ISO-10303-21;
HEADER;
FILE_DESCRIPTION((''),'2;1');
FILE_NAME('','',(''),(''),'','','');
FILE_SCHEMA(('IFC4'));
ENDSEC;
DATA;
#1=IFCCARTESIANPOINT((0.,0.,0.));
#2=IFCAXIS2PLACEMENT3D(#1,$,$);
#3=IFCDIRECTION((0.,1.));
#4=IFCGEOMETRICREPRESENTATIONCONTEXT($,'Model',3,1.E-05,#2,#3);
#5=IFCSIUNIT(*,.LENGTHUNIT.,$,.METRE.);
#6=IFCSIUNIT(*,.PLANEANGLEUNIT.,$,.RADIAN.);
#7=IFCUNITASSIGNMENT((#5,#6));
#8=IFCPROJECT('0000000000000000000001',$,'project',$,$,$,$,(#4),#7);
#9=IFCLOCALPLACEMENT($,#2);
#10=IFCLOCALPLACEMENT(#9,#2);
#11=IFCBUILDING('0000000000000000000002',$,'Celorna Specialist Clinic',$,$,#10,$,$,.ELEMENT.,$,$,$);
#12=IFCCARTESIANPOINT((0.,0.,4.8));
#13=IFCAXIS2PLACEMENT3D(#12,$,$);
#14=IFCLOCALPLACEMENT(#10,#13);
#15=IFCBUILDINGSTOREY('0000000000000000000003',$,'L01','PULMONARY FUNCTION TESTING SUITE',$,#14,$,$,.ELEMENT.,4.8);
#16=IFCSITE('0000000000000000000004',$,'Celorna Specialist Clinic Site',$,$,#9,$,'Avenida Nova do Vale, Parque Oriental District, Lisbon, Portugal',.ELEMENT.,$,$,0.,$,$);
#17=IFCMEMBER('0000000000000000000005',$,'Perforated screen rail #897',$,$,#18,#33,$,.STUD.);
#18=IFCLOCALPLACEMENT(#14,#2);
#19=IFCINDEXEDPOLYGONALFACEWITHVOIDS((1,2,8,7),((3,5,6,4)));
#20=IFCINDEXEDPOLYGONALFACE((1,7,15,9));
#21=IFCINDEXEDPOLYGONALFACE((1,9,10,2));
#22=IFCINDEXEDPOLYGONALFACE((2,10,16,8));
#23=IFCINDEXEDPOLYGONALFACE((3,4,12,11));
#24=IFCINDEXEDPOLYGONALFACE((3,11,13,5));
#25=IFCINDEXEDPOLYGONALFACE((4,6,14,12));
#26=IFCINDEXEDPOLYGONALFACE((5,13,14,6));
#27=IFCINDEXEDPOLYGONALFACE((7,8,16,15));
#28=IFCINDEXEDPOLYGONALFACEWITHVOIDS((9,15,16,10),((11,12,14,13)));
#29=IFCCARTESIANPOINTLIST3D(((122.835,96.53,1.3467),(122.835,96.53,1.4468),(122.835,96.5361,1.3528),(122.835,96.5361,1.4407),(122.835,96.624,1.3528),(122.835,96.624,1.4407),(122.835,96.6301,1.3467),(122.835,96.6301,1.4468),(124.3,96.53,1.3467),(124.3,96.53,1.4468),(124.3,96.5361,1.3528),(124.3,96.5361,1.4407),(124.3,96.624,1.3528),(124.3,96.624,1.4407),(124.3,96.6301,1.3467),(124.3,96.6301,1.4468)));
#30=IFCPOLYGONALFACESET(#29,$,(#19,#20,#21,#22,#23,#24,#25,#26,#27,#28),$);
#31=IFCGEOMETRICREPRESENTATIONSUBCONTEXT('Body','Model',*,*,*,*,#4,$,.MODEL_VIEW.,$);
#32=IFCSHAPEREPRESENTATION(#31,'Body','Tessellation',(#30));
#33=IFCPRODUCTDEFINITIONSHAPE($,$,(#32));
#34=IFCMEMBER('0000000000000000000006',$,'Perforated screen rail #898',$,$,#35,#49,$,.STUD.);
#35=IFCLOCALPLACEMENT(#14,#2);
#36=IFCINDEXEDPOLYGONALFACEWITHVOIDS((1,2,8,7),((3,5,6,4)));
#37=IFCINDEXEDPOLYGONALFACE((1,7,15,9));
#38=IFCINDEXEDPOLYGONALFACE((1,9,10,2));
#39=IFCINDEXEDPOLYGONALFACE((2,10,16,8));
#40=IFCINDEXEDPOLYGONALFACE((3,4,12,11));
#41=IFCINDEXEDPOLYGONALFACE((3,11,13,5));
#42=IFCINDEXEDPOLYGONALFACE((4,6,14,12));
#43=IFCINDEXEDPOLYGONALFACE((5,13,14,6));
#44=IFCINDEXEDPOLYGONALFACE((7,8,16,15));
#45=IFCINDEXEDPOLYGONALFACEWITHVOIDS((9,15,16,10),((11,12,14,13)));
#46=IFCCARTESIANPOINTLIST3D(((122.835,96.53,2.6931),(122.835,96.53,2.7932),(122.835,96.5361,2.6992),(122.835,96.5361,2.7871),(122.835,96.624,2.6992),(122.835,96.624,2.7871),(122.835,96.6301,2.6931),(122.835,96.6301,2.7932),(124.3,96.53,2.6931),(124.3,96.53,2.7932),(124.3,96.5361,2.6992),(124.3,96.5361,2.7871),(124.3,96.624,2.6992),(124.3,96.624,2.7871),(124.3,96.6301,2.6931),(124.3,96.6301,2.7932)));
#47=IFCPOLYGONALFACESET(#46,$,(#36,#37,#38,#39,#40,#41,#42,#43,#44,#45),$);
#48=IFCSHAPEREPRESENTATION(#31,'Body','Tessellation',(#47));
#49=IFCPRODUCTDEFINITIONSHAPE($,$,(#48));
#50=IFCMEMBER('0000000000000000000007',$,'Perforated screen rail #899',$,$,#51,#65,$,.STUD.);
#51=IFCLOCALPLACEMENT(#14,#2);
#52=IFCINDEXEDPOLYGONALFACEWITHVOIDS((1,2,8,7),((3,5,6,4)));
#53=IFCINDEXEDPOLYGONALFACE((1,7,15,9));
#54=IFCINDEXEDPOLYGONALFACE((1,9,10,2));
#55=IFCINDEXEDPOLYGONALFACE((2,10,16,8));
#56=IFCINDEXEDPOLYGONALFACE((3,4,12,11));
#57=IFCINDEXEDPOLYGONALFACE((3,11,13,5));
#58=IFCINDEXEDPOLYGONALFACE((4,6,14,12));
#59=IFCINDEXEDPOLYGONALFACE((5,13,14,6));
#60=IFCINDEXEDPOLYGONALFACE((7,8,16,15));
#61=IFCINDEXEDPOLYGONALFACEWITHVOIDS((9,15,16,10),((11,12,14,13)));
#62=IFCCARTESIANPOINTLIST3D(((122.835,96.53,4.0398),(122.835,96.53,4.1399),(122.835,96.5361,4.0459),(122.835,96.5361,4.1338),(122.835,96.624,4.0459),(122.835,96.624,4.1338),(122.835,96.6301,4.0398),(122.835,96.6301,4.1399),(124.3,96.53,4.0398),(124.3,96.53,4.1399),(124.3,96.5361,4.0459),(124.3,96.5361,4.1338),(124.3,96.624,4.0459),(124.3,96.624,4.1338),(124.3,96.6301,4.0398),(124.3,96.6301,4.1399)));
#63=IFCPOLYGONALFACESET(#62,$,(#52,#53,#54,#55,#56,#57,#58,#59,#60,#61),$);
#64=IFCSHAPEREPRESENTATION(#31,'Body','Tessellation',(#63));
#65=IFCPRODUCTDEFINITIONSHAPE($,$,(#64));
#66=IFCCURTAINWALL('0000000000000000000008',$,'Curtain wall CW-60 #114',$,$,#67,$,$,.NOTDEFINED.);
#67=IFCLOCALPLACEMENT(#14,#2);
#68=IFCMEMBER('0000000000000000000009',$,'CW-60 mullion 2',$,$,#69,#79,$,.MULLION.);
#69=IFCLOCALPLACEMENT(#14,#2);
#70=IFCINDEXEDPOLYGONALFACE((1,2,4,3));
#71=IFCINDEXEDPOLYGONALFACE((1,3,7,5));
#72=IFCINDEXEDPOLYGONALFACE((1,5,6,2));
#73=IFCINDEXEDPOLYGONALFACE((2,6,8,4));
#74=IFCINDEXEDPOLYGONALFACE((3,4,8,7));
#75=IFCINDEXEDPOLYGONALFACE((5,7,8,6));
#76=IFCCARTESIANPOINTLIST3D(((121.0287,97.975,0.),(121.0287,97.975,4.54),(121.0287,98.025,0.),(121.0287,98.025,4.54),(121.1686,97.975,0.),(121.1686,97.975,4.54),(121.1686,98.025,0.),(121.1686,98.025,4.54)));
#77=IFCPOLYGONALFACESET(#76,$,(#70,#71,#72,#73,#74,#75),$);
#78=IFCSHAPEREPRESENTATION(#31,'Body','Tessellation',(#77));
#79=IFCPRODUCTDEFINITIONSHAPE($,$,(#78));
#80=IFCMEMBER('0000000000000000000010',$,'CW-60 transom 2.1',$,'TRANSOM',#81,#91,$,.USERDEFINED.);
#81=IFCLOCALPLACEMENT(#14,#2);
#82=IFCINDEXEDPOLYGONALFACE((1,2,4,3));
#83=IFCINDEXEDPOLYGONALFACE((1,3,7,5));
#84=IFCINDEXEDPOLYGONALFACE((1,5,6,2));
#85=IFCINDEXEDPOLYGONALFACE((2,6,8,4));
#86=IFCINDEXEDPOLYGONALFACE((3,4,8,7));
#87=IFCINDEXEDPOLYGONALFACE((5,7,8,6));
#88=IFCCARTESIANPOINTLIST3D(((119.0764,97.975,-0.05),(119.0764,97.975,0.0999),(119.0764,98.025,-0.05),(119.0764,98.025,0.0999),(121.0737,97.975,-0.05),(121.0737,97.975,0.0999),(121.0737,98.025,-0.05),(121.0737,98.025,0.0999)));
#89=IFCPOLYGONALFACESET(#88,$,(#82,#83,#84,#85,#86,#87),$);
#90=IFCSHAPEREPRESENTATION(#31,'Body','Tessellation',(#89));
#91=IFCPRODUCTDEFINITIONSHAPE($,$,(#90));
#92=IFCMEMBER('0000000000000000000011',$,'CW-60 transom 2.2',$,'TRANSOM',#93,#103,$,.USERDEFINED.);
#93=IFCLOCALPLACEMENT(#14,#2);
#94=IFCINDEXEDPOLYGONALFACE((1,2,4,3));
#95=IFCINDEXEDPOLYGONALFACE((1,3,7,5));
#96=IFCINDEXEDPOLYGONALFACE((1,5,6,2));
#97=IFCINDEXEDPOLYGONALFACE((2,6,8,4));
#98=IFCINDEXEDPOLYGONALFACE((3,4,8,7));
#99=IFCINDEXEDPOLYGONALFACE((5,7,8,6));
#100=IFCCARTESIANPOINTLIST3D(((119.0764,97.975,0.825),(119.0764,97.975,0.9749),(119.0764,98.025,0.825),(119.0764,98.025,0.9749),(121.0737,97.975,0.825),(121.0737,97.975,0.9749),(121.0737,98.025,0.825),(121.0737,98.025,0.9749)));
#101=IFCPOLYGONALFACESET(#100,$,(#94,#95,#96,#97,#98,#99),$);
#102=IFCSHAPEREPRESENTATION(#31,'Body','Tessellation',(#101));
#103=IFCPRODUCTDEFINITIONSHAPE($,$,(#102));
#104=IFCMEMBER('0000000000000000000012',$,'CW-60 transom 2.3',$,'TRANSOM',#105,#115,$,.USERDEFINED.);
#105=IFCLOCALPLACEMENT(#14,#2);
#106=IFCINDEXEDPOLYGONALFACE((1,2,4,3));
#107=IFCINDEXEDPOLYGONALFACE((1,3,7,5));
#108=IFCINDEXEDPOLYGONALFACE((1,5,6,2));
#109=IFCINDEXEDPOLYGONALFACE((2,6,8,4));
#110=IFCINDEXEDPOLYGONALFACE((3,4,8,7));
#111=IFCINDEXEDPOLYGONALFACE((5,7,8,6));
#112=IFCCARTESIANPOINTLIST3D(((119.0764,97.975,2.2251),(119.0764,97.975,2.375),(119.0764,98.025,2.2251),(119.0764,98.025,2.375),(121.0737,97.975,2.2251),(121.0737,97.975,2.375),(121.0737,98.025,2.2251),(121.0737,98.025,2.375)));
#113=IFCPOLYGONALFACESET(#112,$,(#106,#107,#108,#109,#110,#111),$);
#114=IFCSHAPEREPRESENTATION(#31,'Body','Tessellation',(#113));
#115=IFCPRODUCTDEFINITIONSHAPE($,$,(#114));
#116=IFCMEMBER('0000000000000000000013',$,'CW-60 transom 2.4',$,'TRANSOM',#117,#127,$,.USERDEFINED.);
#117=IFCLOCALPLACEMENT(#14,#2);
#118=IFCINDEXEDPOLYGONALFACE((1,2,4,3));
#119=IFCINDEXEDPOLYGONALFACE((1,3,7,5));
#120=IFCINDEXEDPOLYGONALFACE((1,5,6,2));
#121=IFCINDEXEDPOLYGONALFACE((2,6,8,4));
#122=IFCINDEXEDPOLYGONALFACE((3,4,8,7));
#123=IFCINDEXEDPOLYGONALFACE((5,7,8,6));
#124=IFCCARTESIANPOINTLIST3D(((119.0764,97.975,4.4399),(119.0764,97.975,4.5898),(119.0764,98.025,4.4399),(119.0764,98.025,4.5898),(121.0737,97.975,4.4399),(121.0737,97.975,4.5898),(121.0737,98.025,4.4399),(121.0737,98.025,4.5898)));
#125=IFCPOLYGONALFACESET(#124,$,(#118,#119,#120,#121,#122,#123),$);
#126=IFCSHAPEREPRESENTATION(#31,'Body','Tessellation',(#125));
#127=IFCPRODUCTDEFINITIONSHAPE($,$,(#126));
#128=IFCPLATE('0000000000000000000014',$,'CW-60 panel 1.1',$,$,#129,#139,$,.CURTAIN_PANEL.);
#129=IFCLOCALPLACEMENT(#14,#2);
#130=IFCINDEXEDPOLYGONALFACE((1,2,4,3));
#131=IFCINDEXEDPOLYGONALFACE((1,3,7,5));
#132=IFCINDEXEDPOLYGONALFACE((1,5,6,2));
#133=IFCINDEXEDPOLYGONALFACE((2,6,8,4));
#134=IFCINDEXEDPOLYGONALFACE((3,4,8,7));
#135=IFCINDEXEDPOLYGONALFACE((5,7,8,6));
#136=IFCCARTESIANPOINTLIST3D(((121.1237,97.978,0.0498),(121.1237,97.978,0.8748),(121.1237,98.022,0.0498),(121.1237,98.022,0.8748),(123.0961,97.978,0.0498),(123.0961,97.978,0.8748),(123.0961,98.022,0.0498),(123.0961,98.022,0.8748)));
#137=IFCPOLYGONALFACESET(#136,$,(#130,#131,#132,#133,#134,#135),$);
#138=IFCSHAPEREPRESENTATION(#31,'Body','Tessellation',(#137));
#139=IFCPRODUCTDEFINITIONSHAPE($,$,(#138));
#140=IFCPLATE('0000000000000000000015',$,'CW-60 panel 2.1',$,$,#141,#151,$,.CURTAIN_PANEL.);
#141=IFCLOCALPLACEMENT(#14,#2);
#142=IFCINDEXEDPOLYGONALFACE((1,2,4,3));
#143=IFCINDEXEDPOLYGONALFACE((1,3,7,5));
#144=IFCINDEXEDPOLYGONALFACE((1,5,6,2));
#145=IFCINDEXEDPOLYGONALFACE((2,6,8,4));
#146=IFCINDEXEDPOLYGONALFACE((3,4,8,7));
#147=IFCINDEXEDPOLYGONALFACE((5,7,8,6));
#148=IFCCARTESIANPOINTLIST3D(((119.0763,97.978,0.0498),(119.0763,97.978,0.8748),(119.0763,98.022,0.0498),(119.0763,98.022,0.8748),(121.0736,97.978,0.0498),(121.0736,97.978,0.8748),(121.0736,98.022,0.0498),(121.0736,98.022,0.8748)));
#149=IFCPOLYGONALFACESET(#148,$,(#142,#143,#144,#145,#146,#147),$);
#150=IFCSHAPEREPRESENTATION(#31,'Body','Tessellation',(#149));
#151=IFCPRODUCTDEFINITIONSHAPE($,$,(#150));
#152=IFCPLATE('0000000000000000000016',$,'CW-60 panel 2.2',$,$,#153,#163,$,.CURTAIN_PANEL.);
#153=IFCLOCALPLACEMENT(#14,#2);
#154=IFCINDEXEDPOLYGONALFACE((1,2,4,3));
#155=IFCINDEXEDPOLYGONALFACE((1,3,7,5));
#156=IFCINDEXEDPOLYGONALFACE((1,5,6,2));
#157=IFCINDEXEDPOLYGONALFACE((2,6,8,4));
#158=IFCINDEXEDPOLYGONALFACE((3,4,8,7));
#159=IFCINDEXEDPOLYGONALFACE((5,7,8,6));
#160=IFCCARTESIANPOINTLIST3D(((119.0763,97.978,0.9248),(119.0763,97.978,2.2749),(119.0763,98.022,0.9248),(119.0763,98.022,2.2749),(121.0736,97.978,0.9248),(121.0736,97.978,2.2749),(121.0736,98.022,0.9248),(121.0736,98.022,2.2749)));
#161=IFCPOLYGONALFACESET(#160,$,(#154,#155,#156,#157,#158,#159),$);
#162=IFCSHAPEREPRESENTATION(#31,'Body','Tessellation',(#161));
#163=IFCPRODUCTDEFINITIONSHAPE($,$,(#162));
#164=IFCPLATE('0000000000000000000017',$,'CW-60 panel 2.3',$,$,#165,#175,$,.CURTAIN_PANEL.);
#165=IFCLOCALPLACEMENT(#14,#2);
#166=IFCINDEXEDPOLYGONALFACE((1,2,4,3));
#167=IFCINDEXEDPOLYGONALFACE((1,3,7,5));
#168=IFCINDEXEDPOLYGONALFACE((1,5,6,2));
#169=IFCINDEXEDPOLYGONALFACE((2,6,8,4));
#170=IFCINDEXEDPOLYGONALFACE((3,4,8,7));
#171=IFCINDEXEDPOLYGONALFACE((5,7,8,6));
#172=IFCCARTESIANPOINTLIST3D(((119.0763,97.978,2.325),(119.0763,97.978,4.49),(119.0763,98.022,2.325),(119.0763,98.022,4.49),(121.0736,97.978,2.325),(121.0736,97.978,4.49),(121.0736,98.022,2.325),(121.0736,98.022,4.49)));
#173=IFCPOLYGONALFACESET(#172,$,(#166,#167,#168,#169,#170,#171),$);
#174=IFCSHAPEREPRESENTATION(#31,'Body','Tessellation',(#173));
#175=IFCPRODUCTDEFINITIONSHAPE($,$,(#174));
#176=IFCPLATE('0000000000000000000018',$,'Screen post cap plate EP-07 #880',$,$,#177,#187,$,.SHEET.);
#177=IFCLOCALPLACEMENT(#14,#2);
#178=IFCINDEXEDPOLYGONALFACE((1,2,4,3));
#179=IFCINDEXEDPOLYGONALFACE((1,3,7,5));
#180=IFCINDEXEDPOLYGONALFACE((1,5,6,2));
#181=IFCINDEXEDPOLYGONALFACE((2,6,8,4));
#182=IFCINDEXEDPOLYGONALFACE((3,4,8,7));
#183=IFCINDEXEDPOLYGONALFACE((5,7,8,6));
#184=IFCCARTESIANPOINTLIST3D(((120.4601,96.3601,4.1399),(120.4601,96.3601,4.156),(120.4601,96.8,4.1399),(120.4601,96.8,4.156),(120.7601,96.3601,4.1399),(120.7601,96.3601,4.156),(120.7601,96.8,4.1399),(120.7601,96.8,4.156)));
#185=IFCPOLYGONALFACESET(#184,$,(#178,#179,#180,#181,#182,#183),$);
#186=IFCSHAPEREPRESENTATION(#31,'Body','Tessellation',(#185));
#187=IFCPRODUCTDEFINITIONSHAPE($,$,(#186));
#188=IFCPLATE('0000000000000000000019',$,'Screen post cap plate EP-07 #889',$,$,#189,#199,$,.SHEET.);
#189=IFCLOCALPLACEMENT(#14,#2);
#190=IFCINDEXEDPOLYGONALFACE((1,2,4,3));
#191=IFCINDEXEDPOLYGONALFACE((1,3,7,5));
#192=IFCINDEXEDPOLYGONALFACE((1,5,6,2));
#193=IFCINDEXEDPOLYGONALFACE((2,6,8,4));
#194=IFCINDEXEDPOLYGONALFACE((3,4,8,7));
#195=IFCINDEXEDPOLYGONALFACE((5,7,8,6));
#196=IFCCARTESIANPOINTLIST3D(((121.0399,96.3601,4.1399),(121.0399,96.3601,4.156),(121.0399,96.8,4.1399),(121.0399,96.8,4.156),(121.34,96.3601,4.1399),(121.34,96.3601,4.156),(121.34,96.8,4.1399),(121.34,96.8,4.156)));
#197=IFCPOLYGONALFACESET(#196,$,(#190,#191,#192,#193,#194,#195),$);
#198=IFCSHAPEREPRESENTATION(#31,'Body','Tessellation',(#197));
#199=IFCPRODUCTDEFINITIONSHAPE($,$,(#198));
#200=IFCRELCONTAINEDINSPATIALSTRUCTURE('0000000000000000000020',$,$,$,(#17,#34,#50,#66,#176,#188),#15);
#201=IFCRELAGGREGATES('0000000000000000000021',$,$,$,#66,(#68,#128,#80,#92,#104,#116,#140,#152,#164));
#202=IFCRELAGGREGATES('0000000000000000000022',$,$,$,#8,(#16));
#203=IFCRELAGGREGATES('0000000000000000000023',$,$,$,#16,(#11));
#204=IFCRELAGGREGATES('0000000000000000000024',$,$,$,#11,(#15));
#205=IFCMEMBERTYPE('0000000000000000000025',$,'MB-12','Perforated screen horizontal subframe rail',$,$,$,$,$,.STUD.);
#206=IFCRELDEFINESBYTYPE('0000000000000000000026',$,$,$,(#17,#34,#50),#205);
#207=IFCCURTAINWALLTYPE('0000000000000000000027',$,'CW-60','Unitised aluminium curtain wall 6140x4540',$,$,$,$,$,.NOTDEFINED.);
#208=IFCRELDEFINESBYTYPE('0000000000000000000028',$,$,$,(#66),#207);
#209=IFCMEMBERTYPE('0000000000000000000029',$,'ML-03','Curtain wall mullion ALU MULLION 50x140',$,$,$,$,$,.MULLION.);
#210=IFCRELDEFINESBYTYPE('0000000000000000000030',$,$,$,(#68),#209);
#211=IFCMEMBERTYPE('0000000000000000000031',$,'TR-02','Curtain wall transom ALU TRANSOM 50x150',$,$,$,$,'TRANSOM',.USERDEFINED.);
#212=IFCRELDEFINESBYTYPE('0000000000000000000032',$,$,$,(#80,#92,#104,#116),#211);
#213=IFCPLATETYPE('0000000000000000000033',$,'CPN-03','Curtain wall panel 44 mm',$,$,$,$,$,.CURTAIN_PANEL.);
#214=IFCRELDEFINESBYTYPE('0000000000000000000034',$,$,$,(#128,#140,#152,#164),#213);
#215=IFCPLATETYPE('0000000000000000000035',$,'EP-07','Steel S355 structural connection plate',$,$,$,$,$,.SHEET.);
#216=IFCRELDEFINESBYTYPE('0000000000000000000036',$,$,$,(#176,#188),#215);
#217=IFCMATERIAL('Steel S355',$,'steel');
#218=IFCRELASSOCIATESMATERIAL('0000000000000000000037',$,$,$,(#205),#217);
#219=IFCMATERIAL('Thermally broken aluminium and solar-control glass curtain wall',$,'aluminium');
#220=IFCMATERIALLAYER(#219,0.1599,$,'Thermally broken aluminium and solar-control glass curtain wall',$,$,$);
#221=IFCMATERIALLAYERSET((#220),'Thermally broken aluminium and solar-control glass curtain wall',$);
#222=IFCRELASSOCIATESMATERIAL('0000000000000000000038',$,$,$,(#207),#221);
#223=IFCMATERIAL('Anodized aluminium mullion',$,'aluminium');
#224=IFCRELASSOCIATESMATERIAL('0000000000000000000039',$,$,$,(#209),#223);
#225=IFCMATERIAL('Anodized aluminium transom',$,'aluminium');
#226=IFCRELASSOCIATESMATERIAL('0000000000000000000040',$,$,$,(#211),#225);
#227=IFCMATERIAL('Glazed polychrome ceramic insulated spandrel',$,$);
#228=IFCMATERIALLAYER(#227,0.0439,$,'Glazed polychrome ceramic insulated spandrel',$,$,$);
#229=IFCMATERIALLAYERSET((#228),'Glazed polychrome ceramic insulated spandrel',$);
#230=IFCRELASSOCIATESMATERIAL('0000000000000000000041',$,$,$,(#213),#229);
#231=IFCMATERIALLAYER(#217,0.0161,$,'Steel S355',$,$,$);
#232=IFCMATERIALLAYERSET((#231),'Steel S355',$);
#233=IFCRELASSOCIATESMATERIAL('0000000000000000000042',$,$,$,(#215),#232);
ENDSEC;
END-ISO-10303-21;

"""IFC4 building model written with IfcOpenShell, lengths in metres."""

from ifc_helpers import new_model, si_unit, direction, frame, origin, origin_2d, place, context, subcontext, project, spatial, rectangle, hollow_rectangle, extrude, material, layer, layer_set, material_profile, profile_set, type_object, element, aggregate, save


model = new_model("IFC4")

# Units and contexts
model_context = context("Model", 3, precision=1e-05, world=origin(), true_north=direction((0.0, 1.0)))
body_context = subcontext(model_context, "Body", "Model", "MODEL_VIEW")
ifc_project = project(units=[si_unit("LENGTHUNIT", "METRE"), si_unit("PLANEANGLEUNIT", "RADIAN")], contexts=[model_context])

# Site, building, storey
site_placement = place(None, origin())
site = spatial("IfcSite", under=ifc_project, at=site_placement, Name="Celorna Specialist Clinic Site", LongName="Avenida Nova do Vale, Parque Oriental District, Lisbon, Portugal", CompositionType="ELEMENT", RefElevation=0.0)
building_placement = place(site_placement, origin())
building = spatial("IfcBuilding", under=site, at=building_placement, Name="Celorna Specialist Clinic", CompositionType="ELEMENT")
storey_placement = place(building_placement, frame((0.0, 0.0, 4.8)))
storey = spatial("IfcBuildingStorey", under=building, at=storey_placement, Name="L01", Description="PULMONARY FUNCTION TESTING SUITE", CompositionType="ELEMENT", Elevation=4.8)

# Members
ifc_material_1 = material(Name="Steel S355", Category="steel")
ifc_material_profile_1 = material_profile(ifc_material_1, hollow_rectangle(XDim=0.1001, YDim=0.1001, WallThickness=0.0061, at=origin_2d()), Name="SHS 100x100x6")
ifc_profile_set_1 = profile_set([ifc_material_profile_1], Name="Steel S355")
member_type_1 = type_object("IfcMemberType", Name="MB-12", Description="Perforated screen horizontal subframe rail", PredefinedType="STUD", material=ifc_profile_set_1)
for number, where, z_axis, x_axis, name in (
    (1, (122.835, 96.5801, 1.3967), (1.0, 0.0, 0.0), (0.0, 1.0, 0.0), "Perforated screen rail #897"),
    (2, (122.835, 96.5801, 2.7432), (1.0, 0.0, 0.0), (0.0, 1.0, 0.0), "Perforated screen rail #898"),
    (3, (122.835, 96.5801, 4.0898), (1.0, 0.0, 0.0), (0.0, 1.0, 0.0), "Perforated screen rail #899"),
):
    element("IfcMember", number, at=place(storey_placement, frame(where, z_axis=z_axis, x_axis=x_axis)), inside=storey, type_object=member_type_1, Name=name, PredefinedType="STUD", context=body_context, shape_type="SweptSolid", body=[
        extrude(hollow_rectangle(XDim=0.1001, YDim=0.1001, WallThickness=0.0061, at=origin_2d()), origin(), (0.0, 0.0, 1.0), 1.4651),
    ])

# Curtain wall, members, plates
ifc_material_2 = material(Name="Thermally broken aluminium and solar-control glass curtain wall", Category="aluminium")
ifc_layer_1 = layer(ifc_material_2, 0.1599, Name="Thermally broken aluminium and solar-control glass curtain wall")
ifc_layer_set_1 = layer_set([ifc_layer_1], Name="Thermally broken aluminium and solar-control glass curtain wall")
curtain_wall_type = type_object("IfcCurtainWallType", Name="CW-60", Description="Unitised aluminium curtain wall 6140x4540", PredefinedType="NOTDEFINED", material=ifc_layer_set_1)
curtain_wall_placement = place(storey_placement, origin())
curtain_wall = element("IfcCurtainWall", 4, at=curtain_wall_placement, inside=storey, type_object=curtain_wall_type, Name="Curtain wall CW-60 #114", PredefinedType="NOTDEFINED")
ifc_material_3 = material(Name="Anodized aluminium mullion", Category="aluminium")
ifc_material_profile_2 = material_profile(ifc_material_3, rectangle(XDim=0.05, YDim=0.1399, at=origin_2d()), Name="ALU MULLION 50x140")
ifc_profile_set_2 = profile_set([ifc_material_profile_2], Name="Anodized aluminium mullion")
member_type_2 = type_object("IfcMemberType", Name="ML-03", Description="Curtain wall mullion ALU MULLION 50x140", PredefinedType="MULLION", material=ifc_profile_set_2)
member_1_placement = place(storey_placement, frame((121.0986, 98.0, 0.0), z_axis=(0.0, 0.0, 1.0), x_axis=(0.0, -1.0, 0.0)))
member_1 = element("IfcMember", 5, at=member_1_placement, type_object=member_type_2, Name="CW-60 mullion 2", PredefinedType="MULLION", context=body_context, shape_type="SweptSolid", body=[
    extrude(rectangle(XDim=0.05, YDim=0.1399, at=origin_2d()), origin(), (0.0, 0.0, 1.0), 4.54),
])
ifc_material_4 = material(Name="Anodized aluminium transom", Category="aluminium")
ifc_material_profile_3 = material_profile(ifc_material_4, rectangle(XDim=0.05, YDim=0.1499, at=origin_2d()), Name="ALU TRANSOM 50x150")
ifc_profile_set_3 = profile_set([ifc_material_profile_3], Name="Anodized aluminium transom")
member_type_3 = type_object("IfcMemberType", Name="TR-02", Description="Curtain wall transom ALU TRANSOM 50x150", ElementType="TRANSOM", PredefinedType="USERDEFINED", material=ifc_profile_set_3)
member_2_placement = place(storey_placement, frame((121.0737, 98.0, 0.0249), z_axis=(-1.0, 0.0, 0.0), x_axis=(0.0, -1.0, 0.0)))
member_2 = element("IfcMember", 6, at=member_2_placement, type_object=member_type_3, Name="CW-60 transom 2.1", ObjectType="TRANSOM", PredefinedType="USERDEFINED", context=body_context, shape_type="SweptSolid", body=[
    extrude(rectangle(XDim=0.05, YDim=0.1499, at=origin_2d()), origin(), (0.0, 0.0, 1.0), 1.9973),
])
member_3_placement = place(storey_placement, frame((121.0737, 98.0, 0.8999), z_axis=(-1.0, 0.0, 0.0), x_axis=(0.0, -1.0, 0.0)))
member_3 = element("IfcMember", 7, at=member_3_placement, type_object=member_type_3, Name="CW-60 transom 2.2", ObjectType="TRANSOM", PredefinedType="USERDEFINED", context=body_context, shape_type="SweptSolid", body=[
    extrude(rectangle(XDim=0.05, YDim=0.1499, at=origin_2d()), origin(), (0.0, 0.0, 1.0), 1.9973),
])
member_4_placement = place(storey_placement, frame((121.0737, 98.0, 2.3), z_axis=(-1.0, 0.0, 0.0), x_axis=(0.0, -1.0, 0.0)))
member_4 = element("IfcMember", 8, at=member_4_placement, type_object=member_type_3, Name="CW-60 transom 2.3", ObjectType="TRANSOM", PredefinedType="USERDEFINED", context=body_context, shape_type="SweptSolid", body=[
    extrude(rectangle(XDim=0.05, YDim=0.1499, at=origin_2d()), origin(), (0.0, 0.0, 1.0), 1.9973),
])
member_5_placement = place(storey_placement, frame((121.0737, 98.0, 4.5149), z_axis=(-1.0, 0.0, 0.0), x_axis=(0.0, -1.0, 0.0)))
member_5 = element("IfcMember", 9, at=member_5_placement, type_object=member_type_3, Name="CW-60 transom 2.4", ObjectType="TRANSOM", PredefinedType="USERDEFINED", context=body_context, shape_type="SweptSolid", body=[
    extrude(rectangle(XDim=0.05, YDim=0.1499, at=origin_2d()), origin(), (0.0, 0.0, 1.0), 1.9973),
])
ifc_material_5 = material(Name="Glazed polychrome ceramic insulated spandrel")
ifc_layer_2 = layer(ifc_material_5, 0.0439, Name="Glazed polychrome ceramic insulated spandrel")
ifc_layer_set_2 = layer_set([ifc_layer_2], Name="Glazed polychrome ceramic insulated spandrel")
plate_type_1 = type_object("IfcPlateType", Name="CPN-03", Description="Curtain wall panel 44 mm", PredefinedType="CURTAIN_PANEL", material=ifc_layer_set_2)
plate_1_placement = place(storey_placement, frame((122.1099, 98.0, 0.0498), z_axis=(0.0, 0.0, 1.0), x_axis=(-1.0, 0.0, 0.0)))
plate_1 = element("IfcPlate", 10, at=plate_1_placement, type_object=plate_type_1, Name="CW-60 panel 1.1", PredefinedType="CURTAIN_PANEL", context=body_context, shape_type="SweptSolid", body=[
    extrude(rectangle(XDim=1.9724, YDim=0.0439, at=origin_2d()), origin(), (0.0, 0.0, 1.0), 0.825),
])
plate_2_placement = place(storey_placement, frame((120.075, 98.0, 0.0498), z_axis=(0.0, 0.0, 1.0), x_axis=(-1.0, 0.0, 0.0)))
plate_2 = element("IfcPlate", 11, at=plate_2_placement, type_object=plate_type_1, Name="CW-60 panel 2.1", PredefinedType="CURTAIN_PANEL", context=body_context, shape_type="SweptSolid", body=[
    extrude(rectangle(XDim=1.9973, YDim=0.0439, at=origin_2d()), origin(), (0.0, 0.0, 1.0), 0.825),
])
plate_3_placement = place(storey_placement, frame((120.075, 98.0, 0.9248), z_axis=(0.0, 0.0, 1.0), x_axis=(-1.0, 0.0, 0.0)))
plate_3 = element("IfcPlate", 12, at=plate_3_placement, type_object=plate_type_1, Name="CW-60 panel 2.2", PredefinedType="CURTAIN_PANEL", context=body_context, shape_type="SweptSolid", body=[
    extrude(rectangle(XDim=1.9973, YDim=0.0439, at=origin_2d()), origin(), (0.0, 0.0, 1.0), 1.3501),
])
plate_4_placement = place(storey_placement, frame((120.075, 98.0, 2.325), z_axis=(0.0, 0.0, 1.0), x_axis=(-1.0, 0.0, 0.0)))
plate_4 = element("IfcPlate", 13, at=plate_4_placement, type_object=plate_type_1, Name="CW-60 panel 2.3", PredefinedType="CURTAIN_PANEL", context=body_context, shape_type="SweptSolid", body=[
    extrude(rectangle(XDim=1.9973, YDim=0.0439, at=origin_2d()), origin(), (0.0, 0.0, 1.0), 2.165),
])
aggregate(curtain_wall, [member_1, plate_1, member_2, member_3, member_4, member_5, plate_2, plate_3, plate_4])

# Plates
ifc_layer_3 = layer(ifc_material_1, 0.0161, Name="Steel S355")
ifc_layer_set_3 = layer_set([ifc_layer_3], Name="Steel S355")
plate_type_2 = type_object("IfcPlateType", Name="EP-07", Description="Steel S355 structural connection plate", PredefinedType="SHEET", material=ifc_layer_set_3)
for number, where, z_axis, x_axis, name in (
    (14, (120.6101, 96.5801, 4.1399), (0.0, 0.0, 1.0), (1.0, 0.0, 0.0), "Screen post cap plate EP-07 #880"),
    (15, (121.1899, 96.5801, 4.1399), (0.0, 0.0, 1.0), (1.0, 0.0, 0.0), "Screen post cap plate EP-07 #889"),
):
    element("IfcPlate", number, at=place(storey_placement, frame(where, z_axis=z_axis, x_axis=x_axis)), inside=storey, type_object=plate_type_2, Name=name, PredefinedType="SHEET", context=body_context, shape_type="SweptSolid", body=[
        extrude(rectangle(XDim=0.3, YDim=0.4399, at=origin_2d()), origin(), (0.0, 0.0, 1.0), 0.0161),
    ])

save(model, "model.ifc")
